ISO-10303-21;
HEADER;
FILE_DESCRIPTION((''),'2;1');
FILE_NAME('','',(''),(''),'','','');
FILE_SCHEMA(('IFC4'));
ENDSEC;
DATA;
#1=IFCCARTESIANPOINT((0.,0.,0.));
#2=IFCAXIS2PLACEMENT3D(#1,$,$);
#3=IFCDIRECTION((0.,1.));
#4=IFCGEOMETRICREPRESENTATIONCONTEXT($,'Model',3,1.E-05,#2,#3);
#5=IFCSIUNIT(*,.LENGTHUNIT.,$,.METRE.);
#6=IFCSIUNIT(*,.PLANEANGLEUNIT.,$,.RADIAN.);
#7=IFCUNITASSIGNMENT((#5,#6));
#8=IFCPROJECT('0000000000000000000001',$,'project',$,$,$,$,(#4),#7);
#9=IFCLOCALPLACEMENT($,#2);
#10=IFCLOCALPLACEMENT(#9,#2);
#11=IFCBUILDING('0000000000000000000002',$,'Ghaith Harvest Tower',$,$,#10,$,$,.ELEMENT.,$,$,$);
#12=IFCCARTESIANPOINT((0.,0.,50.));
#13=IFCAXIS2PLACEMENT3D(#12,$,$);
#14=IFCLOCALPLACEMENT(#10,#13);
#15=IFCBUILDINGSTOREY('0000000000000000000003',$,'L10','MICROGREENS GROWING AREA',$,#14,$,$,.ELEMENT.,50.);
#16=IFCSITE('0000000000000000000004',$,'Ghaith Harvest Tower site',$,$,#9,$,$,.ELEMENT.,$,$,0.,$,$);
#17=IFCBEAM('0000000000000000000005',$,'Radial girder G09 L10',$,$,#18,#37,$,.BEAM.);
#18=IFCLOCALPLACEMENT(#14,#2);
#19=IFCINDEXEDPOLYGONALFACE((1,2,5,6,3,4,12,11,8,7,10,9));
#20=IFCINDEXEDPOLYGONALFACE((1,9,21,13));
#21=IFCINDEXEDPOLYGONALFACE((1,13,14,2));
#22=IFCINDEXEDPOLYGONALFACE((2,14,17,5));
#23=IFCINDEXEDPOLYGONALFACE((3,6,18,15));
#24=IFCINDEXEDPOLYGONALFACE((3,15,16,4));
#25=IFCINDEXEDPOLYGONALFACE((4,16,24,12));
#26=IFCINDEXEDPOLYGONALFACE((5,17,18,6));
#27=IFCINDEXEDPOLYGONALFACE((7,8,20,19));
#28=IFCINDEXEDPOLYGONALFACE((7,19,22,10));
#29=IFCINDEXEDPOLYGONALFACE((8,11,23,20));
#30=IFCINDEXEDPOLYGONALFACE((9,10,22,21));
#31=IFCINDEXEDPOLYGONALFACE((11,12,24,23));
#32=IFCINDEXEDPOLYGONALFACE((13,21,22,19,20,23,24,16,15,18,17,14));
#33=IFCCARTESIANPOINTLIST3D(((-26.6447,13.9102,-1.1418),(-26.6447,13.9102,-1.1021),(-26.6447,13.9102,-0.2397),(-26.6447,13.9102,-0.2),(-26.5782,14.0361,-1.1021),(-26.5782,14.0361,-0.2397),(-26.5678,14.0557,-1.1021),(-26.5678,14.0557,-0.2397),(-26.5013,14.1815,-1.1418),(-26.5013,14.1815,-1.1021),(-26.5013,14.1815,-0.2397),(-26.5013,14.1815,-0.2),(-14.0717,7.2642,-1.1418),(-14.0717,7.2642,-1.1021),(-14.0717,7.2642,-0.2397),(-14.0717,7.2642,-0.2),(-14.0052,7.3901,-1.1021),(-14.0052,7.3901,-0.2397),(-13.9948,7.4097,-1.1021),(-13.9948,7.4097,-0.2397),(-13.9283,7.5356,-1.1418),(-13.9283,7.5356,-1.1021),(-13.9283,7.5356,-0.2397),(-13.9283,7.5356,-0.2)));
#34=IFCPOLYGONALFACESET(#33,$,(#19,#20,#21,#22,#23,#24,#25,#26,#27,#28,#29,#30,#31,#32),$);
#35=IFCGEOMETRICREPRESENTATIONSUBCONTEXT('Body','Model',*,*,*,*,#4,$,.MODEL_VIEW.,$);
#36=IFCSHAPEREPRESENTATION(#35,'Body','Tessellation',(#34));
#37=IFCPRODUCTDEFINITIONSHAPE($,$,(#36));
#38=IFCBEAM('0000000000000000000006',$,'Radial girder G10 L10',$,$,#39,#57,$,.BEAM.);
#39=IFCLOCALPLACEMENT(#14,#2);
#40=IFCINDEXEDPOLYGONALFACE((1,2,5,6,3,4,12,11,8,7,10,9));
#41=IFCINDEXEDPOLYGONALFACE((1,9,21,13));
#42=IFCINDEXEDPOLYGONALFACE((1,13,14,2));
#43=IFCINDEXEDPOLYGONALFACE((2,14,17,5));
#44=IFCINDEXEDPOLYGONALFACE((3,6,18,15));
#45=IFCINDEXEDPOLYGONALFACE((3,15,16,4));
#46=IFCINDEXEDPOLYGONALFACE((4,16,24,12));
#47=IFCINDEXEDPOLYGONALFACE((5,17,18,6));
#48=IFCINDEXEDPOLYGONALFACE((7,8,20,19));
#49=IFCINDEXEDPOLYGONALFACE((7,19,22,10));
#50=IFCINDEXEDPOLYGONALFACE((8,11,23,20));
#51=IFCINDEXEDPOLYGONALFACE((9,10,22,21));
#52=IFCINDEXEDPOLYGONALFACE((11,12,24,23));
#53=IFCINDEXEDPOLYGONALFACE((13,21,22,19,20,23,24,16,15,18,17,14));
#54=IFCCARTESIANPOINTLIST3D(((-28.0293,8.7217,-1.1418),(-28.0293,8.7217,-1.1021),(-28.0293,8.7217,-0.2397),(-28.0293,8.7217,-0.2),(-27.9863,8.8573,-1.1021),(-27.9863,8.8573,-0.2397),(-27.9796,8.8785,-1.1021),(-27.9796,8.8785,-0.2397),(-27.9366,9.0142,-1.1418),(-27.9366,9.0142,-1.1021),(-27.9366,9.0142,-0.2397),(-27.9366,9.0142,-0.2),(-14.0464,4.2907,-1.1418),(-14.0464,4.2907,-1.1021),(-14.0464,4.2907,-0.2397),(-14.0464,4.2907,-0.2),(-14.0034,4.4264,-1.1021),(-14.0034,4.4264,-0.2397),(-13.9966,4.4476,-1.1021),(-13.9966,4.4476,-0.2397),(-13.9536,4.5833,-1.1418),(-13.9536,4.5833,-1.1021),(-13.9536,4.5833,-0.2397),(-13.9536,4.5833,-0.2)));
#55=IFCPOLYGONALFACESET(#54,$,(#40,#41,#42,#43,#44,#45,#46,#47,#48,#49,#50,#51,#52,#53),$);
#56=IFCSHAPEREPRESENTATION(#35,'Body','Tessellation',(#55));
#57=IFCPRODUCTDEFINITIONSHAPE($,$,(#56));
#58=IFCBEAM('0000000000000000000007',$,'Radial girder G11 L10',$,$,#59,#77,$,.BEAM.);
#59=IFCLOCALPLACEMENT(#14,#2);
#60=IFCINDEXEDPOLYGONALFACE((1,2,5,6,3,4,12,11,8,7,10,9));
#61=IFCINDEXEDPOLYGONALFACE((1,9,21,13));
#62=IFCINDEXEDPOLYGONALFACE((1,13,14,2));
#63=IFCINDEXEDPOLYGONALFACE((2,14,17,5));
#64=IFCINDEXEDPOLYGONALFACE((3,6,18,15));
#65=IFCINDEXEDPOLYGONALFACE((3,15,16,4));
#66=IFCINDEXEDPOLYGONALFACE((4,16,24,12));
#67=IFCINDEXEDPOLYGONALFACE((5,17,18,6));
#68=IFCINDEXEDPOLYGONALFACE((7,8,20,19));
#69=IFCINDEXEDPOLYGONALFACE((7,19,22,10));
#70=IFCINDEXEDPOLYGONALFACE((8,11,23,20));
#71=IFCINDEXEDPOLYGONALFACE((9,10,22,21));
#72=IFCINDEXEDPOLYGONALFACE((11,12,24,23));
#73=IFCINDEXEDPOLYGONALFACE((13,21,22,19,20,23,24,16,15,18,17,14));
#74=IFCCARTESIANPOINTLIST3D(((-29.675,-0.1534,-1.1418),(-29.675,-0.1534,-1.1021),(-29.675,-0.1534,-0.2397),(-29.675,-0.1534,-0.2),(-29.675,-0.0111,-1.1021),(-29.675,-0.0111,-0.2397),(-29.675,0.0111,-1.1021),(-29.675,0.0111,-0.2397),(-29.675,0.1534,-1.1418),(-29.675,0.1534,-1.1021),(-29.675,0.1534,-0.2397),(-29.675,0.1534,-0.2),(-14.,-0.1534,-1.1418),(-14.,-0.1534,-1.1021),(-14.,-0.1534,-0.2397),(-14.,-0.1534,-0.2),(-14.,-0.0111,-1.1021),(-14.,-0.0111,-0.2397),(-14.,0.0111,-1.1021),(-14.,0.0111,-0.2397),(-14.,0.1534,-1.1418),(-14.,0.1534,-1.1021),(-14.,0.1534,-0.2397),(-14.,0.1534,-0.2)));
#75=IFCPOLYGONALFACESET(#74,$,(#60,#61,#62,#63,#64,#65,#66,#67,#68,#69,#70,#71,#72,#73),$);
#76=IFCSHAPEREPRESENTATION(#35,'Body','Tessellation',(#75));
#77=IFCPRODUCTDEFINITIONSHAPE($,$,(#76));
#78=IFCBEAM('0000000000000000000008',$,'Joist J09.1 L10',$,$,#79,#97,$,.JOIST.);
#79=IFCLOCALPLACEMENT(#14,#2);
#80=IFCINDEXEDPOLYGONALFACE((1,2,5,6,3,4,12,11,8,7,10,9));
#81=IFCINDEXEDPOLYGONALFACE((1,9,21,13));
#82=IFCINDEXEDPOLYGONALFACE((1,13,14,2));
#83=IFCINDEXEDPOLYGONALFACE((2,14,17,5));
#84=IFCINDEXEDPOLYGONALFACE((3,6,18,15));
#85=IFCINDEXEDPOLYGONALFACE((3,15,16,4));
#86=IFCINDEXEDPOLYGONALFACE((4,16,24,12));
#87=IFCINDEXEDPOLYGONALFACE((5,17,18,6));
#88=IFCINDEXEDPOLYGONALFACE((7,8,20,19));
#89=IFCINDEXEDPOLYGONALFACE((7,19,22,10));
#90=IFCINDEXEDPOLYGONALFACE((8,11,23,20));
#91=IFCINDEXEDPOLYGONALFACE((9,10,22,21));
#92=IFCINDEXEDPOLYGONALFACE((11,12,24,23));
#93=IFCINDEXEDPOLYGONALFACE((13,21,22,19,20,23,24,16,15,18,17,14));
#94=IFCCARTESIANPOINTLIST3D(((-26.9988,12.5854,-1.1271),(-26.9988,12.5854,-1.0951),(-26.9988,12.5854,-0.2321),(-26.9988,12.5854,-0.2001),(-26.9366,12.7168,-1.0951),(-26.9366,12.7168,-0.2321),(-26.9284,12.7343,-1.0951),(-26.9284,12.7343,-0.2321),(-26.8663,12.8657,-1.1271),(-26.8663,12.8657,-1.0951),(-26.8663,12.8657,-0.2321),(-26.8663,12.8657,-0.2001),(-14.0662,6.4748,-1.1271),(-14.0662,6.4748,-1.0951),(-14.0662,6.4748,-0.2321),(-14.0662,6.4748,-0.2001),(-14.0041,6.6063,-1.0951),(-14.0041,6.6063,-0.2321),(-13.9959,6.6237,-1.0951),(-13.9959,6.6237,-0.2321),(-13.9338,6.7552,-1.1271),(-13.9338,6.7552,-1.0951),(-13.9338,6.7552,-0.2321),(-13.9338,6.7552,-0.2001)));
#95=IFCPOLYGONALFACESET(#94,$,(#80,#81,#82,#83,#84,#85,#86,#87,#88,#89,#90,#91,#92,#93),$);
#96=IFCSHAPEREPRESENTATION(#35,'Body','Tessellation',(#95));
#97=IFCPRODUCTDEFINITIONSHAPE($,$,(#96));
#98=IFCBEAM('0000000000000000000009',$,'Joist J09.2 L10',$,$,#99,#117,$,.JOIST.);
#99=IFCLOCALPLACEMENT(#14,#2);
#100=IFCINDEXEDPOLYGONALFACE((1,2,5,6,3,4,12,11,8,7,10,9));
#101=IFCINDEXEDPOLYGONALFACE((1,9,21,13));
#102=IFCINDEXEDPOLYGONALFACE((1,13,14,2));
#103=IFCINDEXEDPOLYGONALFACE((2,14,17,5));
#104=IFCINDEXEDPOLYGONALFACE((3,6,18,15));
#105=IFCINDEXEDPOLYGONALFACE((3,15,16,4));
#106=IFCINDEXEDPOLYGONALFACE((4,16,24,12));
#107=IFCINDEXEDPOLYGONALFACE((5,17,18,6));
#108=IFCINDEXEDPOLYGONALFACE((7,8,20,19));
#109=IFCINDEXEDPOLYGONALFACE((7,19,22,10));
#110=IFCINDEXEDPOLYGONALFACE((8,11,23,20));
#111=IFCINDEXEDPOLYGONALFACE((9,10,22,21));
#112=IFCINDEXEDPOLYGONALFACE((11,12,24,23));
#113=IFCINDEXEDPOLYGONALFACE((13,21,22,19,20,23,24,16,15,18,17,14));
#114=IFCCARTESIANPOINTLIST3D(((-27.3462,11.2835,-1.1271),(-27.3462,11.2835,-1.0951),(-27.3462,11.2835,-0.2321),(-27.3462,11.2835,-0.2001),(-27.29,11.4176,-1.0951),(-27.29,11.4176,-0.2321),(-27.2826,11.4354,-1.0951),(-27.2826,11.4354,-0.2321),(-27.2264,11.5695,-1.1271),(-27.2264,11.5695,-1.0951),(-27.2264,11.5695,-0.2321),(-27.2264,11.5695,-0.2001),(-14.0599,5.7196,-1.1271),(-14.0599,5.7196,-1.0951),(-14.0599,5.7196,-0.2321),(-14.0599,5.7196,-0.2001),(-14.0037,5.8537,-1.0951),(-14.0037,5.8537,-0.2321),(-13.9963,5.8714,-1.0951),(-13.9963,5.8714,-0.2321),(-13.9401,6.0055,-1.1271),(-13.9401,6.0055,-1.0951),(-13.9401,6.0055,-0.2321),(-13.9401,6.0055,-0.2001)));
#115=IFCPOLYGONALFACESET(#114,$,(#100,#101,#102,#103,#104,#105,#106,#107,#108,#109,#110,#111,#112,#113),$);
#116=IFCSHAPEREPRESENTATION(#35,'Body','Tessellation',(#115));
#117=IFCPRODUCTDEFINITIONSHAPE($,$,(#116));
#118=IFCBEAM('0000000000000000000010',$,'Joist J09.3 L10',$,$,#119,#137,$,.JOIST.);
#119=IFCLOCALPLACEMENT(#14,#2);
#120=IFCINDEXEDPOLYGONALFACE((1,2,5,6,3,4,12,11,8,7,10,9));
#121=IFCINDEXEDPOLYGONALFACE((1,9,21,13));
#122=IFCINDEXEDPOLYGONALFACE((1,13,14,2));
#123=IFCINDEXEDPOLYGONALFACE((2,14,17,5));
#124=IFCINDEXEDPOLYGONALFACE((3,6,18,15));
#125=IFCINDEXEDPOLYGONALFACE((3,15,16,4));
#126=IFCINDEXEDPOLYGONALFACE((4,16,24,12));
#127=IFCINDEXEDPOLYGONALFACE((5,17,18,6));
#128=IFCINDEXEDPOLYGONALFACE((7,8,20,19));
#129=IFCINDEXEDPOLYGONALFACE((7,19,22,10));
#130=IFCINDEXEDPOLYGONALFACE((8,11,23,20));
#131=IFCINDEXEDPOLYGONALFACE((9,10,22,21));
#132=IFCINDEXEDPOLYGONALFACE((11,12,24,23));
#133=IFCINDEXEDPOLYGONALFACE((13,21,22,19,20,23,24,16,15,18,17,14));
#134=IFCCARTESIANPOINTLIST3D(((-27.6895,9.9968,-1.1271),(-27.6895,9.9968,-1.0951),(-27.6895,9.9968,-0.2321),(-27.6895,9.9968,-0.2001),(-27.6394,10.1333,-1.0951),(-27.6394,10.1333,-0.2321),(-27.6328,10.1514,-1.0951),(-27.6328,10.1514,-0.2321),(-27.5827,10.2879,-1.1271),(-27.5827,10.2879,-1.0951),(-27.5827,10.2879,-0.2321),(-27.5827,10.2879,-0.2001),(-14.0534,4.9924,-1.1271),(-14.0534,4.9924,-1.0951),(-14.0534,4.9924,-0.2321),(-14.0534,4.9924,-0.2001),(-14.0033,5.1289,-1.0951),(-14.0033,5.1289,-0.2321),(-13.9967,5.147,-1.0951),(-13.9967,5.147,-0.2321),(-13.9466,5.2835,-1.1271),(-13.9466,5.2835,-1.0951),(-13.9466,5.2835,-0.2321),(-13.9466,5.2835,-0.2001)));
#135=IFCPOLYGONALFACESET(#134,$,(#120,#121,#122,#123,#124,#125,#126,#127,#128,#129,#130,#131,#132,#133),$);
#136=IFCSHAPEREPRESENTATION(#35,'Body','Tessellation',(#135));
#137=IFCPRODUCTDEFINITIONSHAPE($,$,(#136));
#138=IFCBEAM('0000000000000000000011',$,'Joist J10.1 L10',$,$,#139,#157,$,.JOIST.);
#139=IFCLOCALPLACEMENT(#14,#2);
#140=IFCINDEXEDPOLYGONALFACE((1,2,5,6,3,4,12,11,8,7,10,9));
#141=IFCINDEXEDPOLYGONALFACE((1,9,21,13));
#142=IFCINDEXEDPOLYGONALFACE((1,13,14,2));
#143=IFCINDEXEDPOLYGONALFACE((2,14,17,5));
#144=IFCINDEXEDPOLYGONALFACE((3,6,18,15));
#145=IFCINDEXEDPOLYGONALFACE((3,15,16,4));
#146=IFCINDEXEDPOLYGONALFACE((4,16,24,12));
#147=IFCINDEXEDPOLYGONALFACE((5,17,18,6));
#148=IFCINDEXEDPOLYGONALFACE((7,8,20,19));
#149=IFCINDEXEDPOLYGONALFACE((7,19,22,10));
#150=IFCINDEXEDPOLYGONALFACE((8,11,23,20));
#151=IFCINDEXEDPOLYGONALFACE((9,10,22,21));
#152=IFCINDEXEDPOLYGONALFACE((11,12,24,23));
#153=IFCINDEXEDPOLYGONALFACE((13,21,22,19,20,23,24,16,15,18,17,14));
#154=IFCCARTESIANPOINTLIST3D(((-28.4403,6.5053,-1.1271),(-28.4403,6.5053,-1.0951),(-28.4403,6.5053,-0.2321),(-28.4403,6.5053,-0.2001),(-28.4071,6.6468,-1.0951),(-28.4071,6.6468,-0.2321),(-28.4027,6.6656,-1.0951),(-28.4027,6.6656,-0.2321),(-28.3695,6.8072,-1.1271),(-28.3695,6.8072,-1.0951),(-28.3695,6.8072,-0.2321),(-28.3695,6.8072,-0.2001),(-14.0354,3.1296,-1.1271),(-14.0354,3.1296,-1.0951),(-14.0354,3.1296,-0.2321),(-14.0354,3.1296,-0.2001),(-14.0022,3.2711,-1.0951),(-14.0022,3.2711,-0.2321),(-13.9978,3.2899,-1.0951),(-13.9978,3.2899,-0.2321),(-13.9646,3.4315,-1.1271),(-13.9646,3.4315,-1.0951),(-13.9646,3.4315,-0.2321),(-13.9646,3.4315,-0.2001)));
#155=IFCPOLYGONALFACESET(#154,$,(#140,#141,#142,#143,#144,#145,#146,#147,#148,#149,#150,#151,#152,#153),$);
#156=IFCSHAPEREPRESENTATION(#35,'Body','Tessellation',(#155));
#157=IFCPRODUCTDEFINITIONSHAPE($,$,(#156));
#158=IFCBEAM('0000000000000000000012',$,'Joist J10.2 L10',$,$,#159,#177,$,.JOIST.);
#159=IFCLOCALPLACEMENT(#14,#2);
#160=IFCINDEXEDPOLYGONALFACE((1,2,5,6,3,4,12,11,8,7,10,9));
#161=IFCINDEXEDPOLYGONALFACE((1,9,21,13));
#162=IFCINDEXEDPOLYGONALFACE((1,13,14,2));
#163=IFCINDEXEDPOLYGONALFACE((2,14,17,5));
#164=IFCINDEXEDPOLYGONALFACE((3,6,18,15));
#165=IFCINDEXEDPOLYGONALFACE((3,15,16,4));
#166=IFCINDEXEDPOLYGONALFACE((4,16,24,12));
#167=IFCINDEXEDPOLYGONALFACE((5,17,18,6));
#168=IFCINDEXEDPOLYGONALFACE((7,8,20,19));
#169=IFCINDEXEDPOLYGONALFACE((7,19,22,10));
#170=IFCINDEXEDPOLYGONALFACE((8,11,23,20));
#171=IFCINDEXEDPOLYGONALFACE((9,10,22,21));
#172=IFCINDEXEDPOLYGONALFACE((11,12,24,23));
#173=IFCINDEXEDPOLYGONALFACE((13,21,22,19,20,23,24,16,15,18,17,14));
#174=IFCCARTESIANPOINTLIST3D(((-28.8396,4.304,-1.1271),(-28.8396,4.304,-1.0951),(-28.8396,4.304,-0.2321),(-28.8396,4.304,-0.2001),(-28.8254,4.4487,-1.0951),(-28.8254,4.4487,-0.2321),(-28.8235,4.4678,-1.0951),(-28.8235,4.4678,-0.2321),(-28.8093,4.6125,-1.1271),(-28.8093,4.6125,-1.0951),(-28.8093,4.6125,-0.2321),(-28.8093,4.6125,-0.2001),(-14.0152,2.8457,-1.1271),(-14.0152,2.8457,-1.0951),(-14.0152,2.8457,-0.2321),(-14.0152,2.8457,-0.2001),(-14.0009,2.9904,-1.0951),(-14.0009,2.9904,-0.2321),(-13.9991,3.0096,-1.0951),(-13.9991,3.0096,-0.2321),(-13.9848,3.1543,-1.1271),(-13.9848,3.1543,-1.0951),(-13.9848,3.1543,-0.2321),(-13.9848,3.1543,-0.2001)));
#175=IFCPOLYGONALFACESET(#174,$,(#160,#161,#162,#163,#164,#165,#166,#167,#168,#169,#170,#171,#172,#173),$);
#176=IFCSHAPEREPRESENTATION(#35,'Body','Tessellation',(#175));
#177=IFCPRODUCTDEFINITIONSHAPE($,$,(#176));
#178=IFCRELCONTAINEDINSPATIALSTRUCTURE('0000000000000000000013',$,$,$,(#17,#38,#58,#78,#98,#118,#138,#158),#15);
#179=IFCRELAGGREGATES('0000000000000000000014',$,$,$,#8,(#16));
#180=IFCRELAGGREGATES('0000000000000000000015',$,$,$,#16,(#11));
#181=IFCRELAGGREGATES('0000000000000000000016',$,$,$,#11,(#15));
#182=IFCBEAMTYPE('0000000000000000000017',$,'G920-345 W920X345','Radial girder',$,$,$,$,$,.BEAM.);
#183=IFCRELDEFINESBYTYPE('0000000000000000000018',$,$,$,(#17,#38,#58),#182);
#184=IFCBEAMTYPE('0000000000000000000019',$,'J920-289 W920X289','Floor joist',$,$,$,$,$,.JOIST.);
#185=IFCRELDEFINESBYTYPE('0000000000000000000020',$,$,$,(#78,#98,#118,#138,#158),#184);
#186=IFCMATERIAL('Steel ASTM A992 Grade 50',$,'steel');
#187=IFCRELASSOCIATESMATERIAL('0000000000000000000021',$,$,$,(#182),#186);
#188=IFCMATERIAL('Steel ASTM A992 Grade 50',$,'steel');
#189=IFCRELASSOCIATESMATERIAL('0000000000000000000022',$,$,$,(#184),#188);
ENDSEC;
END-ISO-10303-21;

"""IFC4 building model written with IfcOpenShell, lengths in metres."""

from ifc_helpers import new_model, si_unit, direction, frame, origin, origin_2d, place, context, subcontext, project, spatial, i_section, extrude, material, material_profile, profile_set, type_object, element, save


model = new_model("IFC4")

# Units and contexts
model_context = context("Model", 3, precision=1e-05, world=origin(), true_north=direction((0.0, 1.0)))
body_context = subcontext(model_context, "Body", "Model", "MODEL_VIEW")
ifc_project = project(units=[si_unit("LENGTHUNIT", "METRE"), si_unit("PLANEANGLEUNIT", "RADIAN")], contexts=[model_context])

# Site, building, storey
site_placement = place(None, origin())
site = spatial("IfcSite", under=ifc_project, at=site_placement, Name="Ghaith Harvest Tower site", CompositionType="ELEMENT", RefElevation=0.0)
building_placement = place(site_placement, origin())
building = spatial("IfcBuilding", under=site, at=building_placement, Name="Ghaith Harvest Tower", CompositionType="ELEMENT")
storey_placement = place(building_placement, frame((0.0, 0.0, 50.0)))
storey = spatial("IfcBuildingStorey", under=building, at=storey_placement, Name="L10", Description="MICROGREENS GROWING AREA", CompositionType="ELEMENT", Elevation=50.0)

# Beams
ifc_material_1 = material(Name="Steel ASTM A992 Grade 50", Category="steel")
ifc_material_profile_1 = material_profile(ifc_material_1, i_section(OverallWidth=0.3069, OverallDepth=0.9419, WebThickness=0.0222, FlangeThickness=0.0398, at=origin_2d()), Name="W920X345")
ifc_profile_set_1 = profile_set([ifc_material_profile_1], Name="Steel ASTM A992 Grade 50")
beam_type_1 = type_object("IfcBeamType", Name="G920-345 W920X345", Description="Radial girder", PredefinedType="BEAM", material=ifc_profile_set_1)
beam_1_placement = place(storey_placement, frame((-14.0, 7.3999, -0.6709), z_axis=(-0.884087, 0.467322, 0.0), x_axis=(-0.467322, -0.884087, 0.0)))
element("IfcBeam", 1, at=beam_1_placement, inside=storey, type_object=beam_type_1, Name="Radial girder G09 L10", PredefinedType="BEAM", context=body_context, shape_type="SweptSolid", body=[
    extrude(i_section(OverallWidth=0.3069, OverallDepth=0.9419, WebThickness=0.0222, FlangeThickness=0.0398, at=origin_2d()), origin(), (0.0, 0.0, 1.0), 14.2214),
])
beam_2_placement = place(storey_placement, frame((-14.0, 4.437, -0.6709), z_axis=(-0.953284, 0.302077, 0.0), x_axis=(-0.302077, -0.953284, 0.0)))
element("IfcBeam", 2, at=beam_2_placement, inside=storey, type_object=beam_type_1, Name="Radial girder G10 L10", PredefinedType="BEAM", context=body_context, shape_type="SweptSolid", body=[
    extrude(i_section(OverallWidth=0.3069, OverallDepth=0.9419, WebThickness=0.0222, FlangeThickness=0.0398, at=origin_2d()), origin(), (0.0, 0.0, 1.0), 14.6682),
])
beam_3_placement = place(storey_placement, frame((-14.0, 0.0, -0.6709), z_axis=(-1.0, 0.0, 0.0), x_axis=(0.0, -1.0, 0.0)))
element("IfcBeam", 3, at=beam_3_placement, inside=storey, type_object=beam_type_1, Name="Radial girder G11 L10", PredefinedType="BEAM", context=body_context, shape_type="SweptSolid", body=[
    extrude(i_section(OverallWidth=0.3069, OverallDepth=0.9419, WebThickness=0.0222, FlangeThickness=0.0398, at=origin_2d()), origin(), (0.0, 0.0, 1.0), 15.675),
])
ifc_material_2 = material(Name="Steel ASTM A992 Grade 50", Category="steel")
ifc_material_profile_2 = material_profile(ifc_material_2, i_section(OverallWidth=0.3101, OverallDepth=0.927, WebThickness=0.0193, FlangeThickness=0.032, at=origin_2d()), Name="W920X289")
ifc_profile_set_2 = profile_set([ifc_material_profile_2], Name="Steel ASTM A992 Grade 50")
beam_type_2 = type_object("IfcBeamType", Name="J920-289 W920X289", Description="Floor joist", PredefinedType="JOIST", material=ifc_profile_set_2)
beam_4_placement = place(storey_placement, frame((-14.0, 6.615, -0.6636), z_axis=(-0.904153, 0.427208, 0.0), x_axis=(-0.427208, -0.904153, 0.0)))
element("IfcBeam", 4, at=beam_4_placement, inside=storey, type_object=beam_type_2, Name="Joist J09.1 L10", PredefinedType="JOIST", context=body_context, shape_type="SweptSolid", body=[
    extrude(i_section(OverallWidth=0.3101, OverallDepth=0.927, WebThickness=0.0193, FlangeThickness=0.032, at=origin_2d()), origin(), (0.0, 0.0, 1.0), 14.3035),
])
beam_5_placement = place(storey_placement, frame((-14.0, 5.8625, -0.6636), z_axis=(-0.922386, 0.38627, 0.0), x_axis=(-0.38627, -0.922386, 0.0)))
element("IfcBeam", 5, at=beam_5_placement, inside=storey, type_object=beam_type_2, Name="Joist J09.2 L10", PredefinedType="JOIST", context=body_context, shape_type="SweptSolid", body=[
    extrude(i_section(OverallWidth=0.3101, OverallDepth=0.927, WebThickness=0.0193, FlangeThickness=0.032, at=origin_2d()), origin(), (0.0, 0.0, 1.0), 14.4043),
])
beam_6_placement = place(storey_placement, frame((-14.0, 5.1379, -0.6636), z_axis=(-0.938775, 0.34453, 0.0), x_axis=(-0.34453, -0.938775, 0.0)))
element("IfcBeam", 6, at=beam_6_placement, inside=storey, type_object=beam_type_2, Name="Joist J09.3 L10", PredefinedType="JOIST", context=body_context, shape_type="SweptSolid", body=[
    extrude(i_section(OverallWidth=0.3101, OverallDepth=0.927, WebThickness=0.0193, FlangeThickness=0.032, at=origin_2d()), origin(), (0.0, 0.0, 1.0), 14.5254),
])
beam_7_placement = place(storey_placement, frame((-14.0, 3.2805, -0.6636), z_axis=(-0.973623, 0.228163, 0.0), x_axis=(-0.228163, -0.973623, 0.0)))
element("IfcBeam", 7, at=beam_7_placement, inside=storey, type_object=beam_type_2, Name="Joist J10.1 L10", PredefinedType="JOIST", context=body_context, shape_type="SweptSolid", body=[
    extrude(i_section(OverallWidth=0.3101, OverallDepth=0.927, WebThickness=0.0193, FlangeThickness=0.032, at=origin_2d()), origin(), (0.0, 0.0, 1.0), 14.7952),
])
beam_8_placement = place(storey_placement, frame((-14.0, 3.0, -0.6636), z_axis=(-0.995197, 0.097895, 0.0), x_axis=(-0.097895, -0.995197, 0.0)))
element("IfcBeam", 8, at=beam_8_placement, inside=storey, type_object=beam_type_2, Name="Joist J10.2 L10", PredefinedType="JOIST", context=body_context, shape_type="SweptSolid", body=[
    extrude(i_section(OverallWidth=0.3101, OverallDepth=0.927, WebThickness=0.0193, FlangeThickness=0.032, at=origin_2d()), origin(), (0.0, 0.0, 1.0), 14.896),
])

save(model, "model.ifc")
